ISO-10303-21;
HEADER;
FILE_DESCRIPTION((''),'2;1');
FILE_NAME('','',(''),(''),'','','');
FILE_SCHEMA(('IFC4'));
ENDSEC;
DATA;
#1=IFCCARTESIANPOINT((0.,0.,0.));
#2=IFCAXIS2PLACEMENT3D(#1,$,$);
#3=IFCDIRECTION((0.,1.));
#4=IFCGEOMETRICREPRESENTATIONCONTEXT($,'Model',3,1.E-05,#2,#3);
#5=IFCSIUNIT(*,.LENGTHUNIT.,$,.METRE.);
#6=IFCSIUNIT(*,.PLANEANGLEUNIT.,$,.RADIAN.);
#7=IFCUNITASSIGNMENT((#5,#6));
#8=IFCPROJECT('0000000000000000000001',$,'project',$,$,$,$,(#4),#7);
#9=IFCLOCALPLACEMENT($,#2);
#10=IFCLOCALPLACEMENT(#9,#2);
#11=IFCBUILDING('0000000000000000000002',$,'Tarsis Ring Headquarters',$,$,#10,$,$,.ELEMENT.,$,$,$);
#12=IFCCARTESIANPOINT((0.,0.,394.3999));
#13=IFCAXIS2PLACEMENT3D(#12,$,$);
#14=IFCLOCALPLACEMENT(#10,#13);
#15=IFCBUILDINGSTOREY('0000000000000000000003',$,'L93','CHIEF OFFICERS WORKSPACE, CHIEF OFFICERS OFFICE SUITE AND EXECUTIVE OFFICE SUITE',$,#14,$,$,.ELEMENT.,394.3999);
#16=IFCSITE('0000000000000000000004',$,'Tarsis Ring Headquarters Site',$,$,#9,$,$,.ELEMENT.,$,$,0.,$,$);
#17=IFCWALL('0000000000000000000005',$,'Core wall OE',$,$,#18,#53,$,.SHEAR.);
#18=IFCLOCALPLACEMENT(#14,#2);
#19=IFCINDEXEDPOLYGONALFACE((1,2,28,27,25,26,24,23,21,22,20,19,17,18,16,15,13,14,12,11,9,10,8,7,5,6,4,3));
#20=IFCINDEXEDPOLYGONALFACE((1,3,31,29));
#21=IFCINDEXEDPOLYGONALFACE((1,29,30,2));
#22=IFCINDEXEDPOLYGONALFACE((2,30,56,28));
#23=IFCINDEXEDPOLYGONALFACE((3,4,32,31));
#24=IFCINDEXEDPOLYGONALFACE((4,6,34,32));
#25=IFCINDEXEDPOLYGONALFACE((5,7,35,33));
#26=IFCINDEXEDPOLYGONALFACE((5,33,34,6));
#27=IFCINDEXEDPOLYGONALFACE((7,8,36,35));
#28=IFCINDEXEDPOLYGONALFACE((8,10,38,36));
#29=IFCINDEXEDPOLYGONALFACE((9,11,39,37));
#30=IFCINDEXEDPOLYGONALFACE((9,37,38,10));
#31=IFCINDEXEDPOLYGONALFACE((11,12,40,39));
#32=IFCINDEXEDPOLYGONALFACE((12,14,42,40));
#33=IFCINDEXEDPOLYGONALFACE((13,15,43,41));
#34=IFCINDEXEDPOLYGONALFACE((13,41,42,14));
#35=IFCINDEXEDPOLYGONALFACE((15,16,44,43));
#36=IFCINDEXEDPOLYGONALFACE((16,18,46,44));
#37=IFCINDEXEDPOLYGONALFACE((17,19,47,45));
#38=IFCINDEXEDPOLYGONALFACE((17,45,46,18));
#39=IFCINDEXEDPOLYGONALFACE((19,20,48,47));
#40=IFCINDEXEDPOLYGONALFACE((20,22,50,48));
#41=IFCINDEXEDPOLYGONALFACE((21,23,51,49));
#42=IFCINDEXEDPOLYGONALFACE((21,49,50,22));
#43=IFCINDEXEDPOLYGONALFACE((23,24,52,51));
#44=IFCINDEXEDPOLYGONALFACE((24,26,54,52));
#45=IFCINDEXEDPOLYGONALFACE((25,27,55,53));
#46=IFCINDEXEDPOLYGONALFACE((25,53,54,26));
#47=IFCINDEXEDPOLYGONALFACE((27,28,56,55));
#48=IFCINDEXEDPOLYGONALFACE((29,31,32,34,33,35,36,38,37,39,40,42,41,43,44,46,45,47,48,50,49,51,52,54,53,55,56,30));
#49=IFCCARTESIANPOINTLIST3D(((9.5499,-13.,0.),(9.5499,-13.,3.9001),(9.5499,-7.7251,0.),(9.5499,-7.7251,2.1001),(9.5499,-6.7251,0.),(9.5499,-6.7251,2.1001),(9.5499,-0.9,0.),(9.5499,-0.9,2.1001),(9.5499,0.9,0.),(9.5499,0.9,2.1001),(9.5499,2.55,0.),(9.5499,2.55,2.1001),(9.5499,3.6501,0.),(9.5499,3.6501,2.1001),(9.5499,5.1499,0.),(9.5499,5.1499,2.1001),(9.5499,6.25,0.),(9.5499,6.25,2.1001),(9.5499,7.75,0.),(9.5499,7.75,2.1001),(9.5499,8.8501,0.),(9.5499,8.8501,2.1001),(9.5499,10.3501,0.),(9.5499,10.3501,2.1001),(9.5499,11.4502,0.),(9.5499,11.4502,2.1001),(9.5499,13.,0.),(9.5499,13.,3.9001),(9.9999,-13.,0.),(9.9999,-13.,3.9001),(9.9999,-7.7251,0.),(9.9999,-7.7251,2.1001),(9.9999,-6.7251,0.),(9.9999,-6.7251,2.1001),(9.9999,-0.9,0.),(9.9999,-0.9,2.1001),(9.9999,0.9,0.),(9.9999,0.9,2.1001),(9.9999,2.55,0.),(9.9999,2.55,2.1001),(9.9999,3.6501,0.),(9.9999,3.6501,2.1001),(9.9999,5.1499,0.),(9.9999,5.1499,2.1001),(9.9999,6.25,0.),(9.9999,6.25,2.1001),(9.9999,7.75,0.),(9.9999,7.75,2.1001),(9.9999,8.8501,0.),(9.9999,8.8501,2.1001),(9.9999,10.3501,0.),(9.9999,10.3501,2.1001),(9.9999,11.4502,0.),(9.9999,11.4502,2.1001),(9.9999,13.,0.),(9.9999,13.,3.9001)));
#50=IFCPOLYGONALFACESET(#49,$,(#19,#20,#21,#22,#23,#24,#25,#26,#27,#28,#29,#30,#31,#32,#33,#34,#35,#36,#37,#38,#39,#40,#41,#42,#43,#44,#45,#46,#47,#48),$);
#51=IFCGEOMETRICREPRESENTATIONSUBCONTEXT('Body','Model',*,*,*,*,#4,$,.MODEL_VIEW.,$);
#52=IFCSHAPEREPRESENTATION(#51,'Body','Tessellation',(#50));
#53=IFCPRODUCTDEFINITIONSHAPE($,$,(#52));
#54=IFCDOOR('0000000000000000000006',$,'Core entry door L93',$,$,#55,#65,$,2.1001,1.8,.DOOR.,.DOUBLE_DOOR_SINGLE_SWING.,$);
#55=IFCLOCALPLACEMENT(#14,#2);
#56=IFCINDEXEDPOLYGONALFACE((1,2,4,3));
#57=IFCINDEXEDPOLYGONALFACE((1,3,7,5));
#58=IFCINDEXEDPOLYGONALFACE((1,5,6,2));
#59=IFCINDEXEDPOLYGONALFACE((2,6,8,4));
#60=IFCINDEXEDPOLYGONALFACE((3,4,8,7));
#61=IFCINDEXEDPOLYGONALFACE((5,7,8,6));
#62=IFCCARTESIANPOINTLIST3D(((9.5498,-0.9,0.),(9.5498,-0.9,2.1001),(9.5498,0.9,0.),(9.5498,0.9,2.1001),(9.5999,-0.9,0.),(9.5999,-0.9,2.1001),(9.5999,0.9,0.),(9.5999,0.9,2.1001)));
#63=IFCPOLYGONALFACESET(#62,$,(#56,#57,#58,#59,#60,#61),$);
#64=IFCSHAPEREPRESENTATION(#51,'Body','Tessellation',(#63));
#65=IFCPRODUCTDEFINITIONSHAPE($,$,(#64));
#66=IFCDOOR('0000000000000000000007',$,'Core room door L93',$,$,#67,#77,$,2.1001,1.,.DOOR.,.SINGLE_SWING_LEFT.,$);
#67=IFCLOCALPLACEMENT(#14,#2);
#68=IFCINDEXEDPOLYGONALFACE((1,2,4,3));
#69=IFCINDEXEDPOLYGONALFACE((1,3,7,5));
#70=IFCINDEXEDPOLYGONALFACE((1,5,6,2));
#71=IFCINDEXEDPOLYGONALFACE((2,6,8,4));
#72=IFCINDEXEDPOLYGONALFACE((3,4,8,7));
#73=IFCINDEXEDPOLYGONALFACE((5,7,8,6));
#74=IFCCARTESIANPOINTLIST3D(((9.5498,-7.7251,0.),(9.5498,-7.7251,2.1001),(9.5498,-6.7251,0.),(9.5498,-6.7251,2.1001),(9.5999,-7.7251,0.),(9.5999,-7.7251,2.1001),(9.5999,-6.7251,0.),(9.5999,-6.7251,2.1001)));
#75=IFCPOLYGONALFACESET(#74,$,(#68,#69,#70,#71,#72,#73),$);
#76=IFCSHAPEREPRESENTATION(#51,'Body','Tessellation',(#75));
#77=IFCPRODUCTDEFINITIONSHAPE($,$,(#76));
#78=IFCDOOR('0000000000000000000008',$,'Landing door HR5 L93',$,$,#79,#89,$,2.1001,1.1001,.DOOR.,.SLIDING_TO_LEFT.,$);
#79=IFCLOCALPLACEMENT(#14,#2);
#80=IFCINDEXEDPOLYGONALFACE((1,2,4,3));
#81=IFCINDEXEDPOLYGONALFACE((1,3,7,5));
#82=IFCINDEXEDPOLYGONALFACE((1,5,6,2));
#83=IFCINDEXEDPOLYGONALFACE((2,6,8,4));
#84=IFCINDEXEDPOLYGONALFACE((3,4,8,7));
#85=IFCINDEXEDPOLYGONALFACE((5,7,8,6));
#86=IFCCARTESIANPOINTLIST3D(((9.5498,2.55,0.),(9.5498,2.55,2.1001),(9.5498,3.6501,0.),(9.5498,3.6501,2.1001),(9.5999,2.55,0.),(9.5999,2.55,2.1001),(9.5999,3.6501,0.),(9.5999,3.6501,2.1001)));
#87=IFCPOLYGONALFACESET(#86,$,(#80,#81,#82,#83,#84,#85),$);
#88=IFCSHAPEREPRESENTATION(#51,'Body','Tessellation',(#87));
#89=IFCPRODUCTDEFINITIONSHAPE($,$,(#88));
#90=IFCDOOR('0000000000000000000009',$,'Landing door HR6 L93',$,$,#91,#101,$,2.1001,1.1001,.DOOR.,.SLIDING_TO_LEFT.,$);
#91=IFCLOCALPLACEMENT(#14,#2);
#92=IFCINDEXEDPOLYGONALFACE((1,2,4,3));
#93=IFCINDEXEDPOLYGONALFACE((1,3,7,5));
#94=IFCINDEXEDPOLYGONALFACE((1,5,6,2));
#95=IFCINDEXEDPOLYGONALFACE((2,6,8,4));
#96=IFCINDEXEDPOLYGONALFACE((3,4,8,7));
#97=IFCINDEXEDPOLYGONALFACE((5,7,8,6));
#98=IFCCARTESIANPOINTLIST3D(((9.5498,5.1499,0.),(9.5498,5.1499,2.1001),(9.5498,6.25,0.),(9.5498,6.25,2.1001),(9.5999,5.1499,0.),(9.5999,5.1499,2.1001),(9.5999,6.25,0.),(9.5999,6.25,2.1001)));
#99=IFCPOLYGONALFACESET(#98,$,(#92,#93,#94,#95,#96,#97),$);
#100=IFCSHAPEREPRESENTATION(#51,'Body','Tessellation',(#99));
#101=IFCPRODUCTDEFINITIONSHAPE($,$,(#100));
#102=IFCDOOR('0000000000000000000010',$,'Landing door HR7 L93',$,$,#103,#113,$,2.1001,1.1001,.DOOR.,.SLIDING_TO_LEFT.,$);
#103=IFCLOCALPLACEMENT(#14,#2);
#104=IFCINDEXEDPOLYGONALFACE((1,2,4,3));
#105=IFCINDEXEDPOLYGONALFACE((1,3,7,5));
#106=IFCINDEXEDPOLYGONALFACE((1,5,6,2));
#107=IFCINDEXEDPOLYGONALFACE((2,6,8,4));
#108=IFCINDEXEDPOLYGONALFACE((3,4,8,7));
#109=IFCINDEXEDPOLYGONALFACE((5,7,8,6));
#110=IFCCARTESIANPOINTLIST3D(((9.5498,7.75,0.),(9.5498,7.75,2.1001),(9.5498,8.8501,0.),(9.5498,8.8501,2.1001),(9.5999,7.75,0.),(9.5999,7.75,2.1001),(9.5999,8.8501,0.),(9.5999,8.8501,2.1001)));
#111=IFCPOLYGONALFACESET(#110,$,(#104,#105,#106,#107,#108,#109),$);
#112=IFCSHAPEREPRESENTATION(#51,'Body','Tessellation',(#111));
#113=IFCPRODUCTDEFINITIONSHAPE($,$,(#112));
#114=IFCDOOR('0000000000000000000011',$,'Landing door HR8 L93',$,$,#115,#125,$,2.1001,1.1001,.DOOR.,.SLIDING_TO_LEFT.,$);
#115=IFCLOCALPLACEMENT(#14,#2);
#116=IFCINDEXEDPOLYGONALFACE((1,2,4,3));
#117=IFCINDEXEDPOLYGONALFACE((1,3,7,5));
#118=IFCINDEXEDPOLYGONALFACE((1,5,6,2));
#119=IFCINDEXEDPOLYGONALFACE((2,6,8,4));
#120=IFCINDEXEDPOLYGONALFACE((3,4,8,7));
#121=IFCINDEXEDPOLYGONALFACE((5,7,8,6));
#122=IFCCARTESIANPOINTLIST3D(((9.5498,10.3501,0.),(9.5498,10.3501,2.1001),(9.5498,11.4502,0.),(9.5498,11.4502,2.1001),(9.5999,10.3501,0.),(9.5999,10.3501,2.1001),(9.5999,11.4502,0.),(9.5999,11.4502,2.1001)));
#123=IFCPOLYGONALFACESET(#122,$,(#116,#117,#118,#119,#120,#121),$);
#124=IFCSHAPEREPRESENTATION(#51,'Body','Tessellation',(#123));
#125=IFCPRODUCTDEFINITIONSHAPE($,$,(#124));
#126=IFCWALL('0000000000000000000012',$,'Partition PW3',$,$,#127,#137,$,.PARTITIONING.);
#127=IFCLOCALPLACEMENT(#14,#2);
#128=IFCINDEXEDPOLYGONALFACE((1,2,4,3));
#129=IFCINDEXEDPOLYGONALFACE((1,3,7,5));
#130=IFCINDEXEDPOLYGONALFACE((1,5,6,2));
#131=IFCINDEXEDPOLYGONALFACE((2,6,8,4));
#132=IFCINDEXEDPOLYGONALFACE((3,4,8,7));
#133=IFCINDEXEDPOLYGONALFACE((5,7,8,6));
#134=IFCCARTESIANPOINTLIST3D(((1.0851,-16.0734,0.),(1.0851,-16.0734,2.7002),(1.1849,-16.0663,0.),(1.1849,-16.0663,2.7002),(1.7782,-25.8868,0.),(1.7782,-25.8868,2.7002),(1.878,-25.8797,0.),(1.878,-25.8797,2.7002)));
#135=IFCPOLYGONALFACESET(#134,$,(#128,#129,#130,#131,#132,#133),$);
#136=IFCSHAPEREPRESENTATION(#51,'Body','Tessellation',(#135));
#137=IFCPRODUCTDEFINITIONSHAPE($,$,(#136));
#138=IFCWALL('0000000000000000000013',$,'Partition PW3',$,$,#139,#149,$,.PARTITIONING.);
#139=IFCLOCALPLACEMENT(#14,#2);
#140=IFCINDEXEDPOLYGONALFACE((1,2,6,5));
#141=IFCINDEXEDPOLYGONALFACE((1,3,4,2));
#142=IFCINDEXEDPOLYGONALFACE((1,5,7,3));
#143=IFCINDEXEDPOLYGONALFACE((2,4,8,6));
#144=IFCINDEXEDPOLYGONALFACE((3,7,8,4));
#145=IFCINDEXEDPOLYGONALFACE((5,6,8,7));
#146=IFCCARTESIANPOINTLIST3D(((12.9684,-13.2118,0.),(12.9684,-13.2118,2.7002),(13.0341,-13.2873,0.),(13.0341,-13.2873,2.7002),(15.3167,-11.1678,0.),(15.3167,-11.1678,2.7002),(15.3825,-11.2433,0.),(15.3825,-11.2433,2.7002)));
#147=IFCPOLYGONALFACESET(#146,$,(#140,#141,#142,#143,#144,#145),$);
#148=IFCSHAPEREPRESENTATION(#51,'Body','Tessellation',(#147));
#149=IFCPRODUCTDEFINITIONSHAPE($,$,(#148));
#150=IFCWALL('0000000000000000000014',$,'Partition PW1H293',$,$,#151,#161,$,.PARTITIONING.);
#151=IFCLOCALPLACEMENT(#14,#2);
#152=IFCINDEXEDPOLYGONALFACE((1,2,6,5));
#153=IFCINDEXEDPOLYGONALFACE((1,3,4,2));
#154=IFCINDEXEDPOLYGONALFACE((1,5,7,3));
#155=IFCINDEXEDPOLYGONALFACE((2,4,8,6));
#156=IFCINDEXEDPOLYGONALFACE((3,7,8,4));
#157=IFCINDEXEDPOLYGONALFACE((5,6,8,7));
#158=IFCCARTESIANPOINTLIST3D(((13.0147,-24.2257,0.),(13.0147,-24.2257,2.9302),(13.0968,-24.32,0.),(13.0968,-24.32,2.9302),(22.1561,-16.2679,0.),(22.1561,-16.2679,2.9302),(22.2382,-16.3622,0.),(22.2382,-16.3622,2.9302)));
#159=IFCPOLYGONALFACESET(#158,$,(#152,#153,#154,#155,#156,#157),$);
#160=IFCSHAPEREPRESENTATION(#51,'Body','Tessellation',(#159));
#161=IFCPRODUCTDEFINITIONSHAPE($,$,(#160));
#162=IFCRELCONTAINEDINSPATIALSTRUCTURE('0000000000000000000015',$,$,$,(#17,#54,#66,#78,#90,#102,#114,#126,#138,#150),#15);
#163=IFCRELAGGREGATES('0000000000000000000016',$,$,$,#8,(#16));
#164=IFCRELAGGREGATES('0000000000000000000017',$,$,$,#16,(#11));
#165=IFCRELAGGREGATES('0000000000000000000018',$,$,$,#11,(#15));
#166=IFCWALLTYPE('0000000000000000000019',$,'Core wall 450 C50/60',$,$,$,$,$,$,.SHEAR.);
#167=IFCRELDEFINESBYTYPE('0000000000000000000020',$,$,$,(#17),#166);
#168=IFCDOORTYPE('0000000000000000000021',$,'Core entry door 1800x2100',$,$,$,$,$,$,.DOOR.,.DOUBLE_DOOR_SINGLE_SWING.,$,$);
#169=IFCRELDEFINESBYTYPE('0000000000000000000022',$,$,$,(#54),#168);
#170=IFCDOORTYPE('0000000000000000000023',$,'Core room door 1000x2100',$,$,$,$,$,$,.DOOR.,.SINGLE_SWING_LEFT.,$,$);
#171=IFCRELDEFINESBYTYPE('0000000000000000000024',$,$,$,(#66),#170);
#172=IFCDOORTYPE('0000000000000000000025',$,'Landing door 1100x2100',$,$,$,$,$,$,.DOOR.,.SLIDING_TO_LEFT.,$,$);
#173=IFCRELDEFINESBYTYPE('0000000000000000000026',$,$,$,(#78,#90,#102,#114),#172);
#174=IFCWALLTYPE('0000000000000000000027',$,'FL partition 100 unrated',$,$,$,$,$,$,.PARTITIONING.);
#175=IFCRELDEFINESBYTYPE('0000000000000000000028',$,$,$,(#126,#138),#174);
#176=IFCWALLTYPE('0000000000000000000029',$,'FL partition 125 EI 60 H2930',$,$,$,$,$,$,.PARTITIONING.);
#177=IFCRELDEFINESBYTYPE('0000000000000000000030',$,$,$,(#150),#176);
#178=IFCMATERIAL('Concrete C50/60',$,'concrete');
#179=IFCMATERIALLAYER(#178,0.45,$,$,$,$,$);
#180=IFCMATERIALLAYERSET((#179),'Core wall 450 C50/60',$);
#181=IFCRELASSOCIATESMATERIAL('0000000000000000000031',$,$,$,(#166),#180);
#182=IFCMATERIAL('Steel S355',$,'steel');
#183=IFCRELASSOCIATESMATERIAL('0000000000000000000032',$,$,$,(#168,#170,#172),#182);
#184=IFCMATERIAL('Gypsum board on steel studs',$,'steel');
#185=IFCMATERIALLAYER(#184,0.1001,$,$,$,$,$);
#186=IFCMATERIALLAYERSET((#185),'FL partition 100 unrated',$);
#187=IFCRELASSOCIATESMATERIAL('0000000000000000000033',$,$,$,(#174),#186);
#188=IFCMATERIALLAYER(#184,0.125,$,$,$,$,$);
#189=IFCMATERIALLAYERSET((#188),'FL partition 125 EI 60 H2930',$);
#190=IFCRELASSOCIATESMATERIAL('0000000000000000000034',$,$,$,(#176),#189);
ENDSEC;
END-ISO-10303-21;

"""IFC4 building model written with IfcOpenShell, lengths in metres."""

from ifc_helpers import new_model, si_unit, direction, frame, frame_2d, origin, place, context, subcontext, project, spatial, rectangle, extrude, material, layer, layer_set, type_object, element, fill, save


model = new_model("IFC4")

# Units and contexts
model_context = context("Model", 3, precision=1e-05, world=origin(), true_north=direction((0.0, 1.0)))
body_context = subcontext(model_context, "Body", "Model", "MODEL_VIEW")
ifc_project = project(units=[si_unit("LENGTHUNIT", "METRE"), si_unit("PLANEANGLEUNIT", "RADIAN")], contexts=[model_context])

# Site, building, storey
site_placement = place(None, origin())
site = spatial("IfcSite", under=ifc_project, at=site_placement, Name="Tarsis Ring Headquarters Site", CompositionType="ELEMENT", RefElevation=0.0)
building_placement = place(site_placement, origin())
building = spatial("IfcBuilding", under=site, at=building_placement, Name="Tarsis Ring Headquarters", CompositionType="ELEMENT")
storey_placement = place(building_placement, frame((0.0, 0.0, 394.3999)))
storey = spatial("IfcBuildingStorey", under=building, at=storey_placement, Name="L93", Description="CHIEF OFFICERS WORKSPACE, CHIEF OFFICERS OFFICE SUITE AND EXECUTIVE OFFICE SUITE", CompositionType="ELEMENT", Elevation=394.3999)

# Wall, openings, doors
ifc_material_1 = material(Name="Concrete C50/60", Category="concrete")
ifc_layer_1 = layer(ifc_material_1, 0.45)
ifc_layer_set_1 = layer_set([ifc_layer_1], Name="Core wall 450 C50/60")
wall_type_1 = type_object("IfcWallType", Name="Core wall 450 C50/60", PredefinedType="SHEAR", material=ifc_layer_set_1)
wall_1_placement = place(storey_placement, frame((9.7749, -13.0, 0.0), z_axis=(0.0, 0.0, 1.0), x_axis=(0.0, 1.0, 0.0)))
wall_1 = element("IfcWall", 1, at=wall_1_placement, inside=storey, type_object=wall_type_1, Name="Core wall OE", PredefinedType="SHEAR", context=body_context, shape_type="SweptSolid", body=[
    extrude(rectangle(XDim=26.0, YDim=0.45, at=frame_2d((13.0, 0.0))), origin(), (0.0, 0.0, 1.0), 3.9001),
])
opening_1_placement = place(wall_1_placement, frame((5.2749, 0.0, 0.0)))
opening_1 = element("IfcOpeningElement", 2, at=opening_1_placement, cuts=wall_1, PredefinedType="OPENING", context=body_context, shape_type="SweptSolid", body=[
    extrude(rectangle(XDim=1.0, YDim=2.1001, at=frame_2d((0.5, 1.05))), frame((0.0, 0.2349, 0.0), z_axis=(0.0, -1.0, 0.0), x_axis=(1.0, 0.0, 0.0)), (0.0, 0.0, 1.0), 0.47),
])
opening_2_placement = place(wall_1_placement, frame((12.1001, 0.0, 0.0)))
opening_2 = element("IfcOpeningElement", 3, at=opening_2_placement, cuts=wall_1, PredefinedType="OPENING", context=body_context, shape_type="SweptSolid", body=[
    extrude(rectangle(XDim=1.8, YDim=2.1001, at=frame_2d((0.8999, 1.05))), frame((0.0, 0.2349, 0.0), z_axis=(0.0, -1.0, 0.0), x_axis=(1.0, 0.0, 0.0)), (0.0, 0.0, 1.0), 0.47),
])
opening_3_placement = place(wall_1_placement, frame((15.55, 0.0, 0.0)))
opening_3 = element("IfcOpeningElement", 4, at=opening_3_placement, cuts=wall_1, PredefinedType="OPENING", context=body_context, shape_type="SweptSolid", body=[
    extrude(rectangle(XDim=1.1001, YDim=2.1001, at=frame_2d((0.55, 1.05))), frame((0.0, 0.2349, 0.0), z_axis=(0.0, -1.0, 0.0), x_axis=(1.0, 0.0, 0.0)), (0.0, 0.0, 1.0), 0.47),
])
opening_4_placement = place(wall_1_placement, frame((18.1499, 0.0, 0.0)))
opening_4 = element("IfcOpeningElement", 5, at=opening_4_placement, cuts=wall_1, PredefinedType="OPENING", context=body_context, shape_type="SweptSolid", body=[
    extrude(rectangle(XDim=1.1001, YDim=2.1001, at=frame_2d((0.55, 1.05))), frame((0.0, 0.2349, 0.0), z_axis=(0.0, -1.0, 0.0), x_axis=(1.0, 0.0, 0.0)), (0.0, 0.0, 1.0), 0.47),
])
opening_5_placement = place(wall_1_placement, frame((20.75, 0.0, 0.0)))
opening_5 = element("IfcOpeningElement", 6, at=opening_5_placement, cuts=wall_1, PredefinedType="OPENING", context=body_context, shape_type="SweptSolid", body=[
    extrude(rectangle(XDim=1.1001, YDim=2.1001, at=frame_2d((0.55, 1.05))), frame((0.0, 0.2349, 0.0), z_axis=(0.0, -1.0, 0.0), x_axis=(1.0, 0.0, 0.0)), (0.0, 0.0, 1.0), 0.47),
])
opening_6_placement = place(wall_1_placement, frame((23.3501, 0.0, 0.0)))
opening_6 = element("IfcOpeningElement", 7, at=opening_6_placement, cuts=wall_1, PredefinedType="OPENING", context=body_context, shape_type="SweptSolid", body=[
    extrude(rectangle(XDim=1.1001, YDim=2.1001, at=frame_2d((0.55, 1.05))), frame((0.0, 0.2349, 0.0), z_axis=(0.0, -1.0, 0.0), x_axis=(1.0, 0.0, 0.0)), (0.0, 0.0, 1.0), 0.47),
])
ifc_material_2 = material(Name="Steel S355", Category="steel")
door_type_1 = type_object("IfcDoorType", Name="Core entry door 1800x2100", OperationType="DOUBLE_DOOR_SINGLE_SWING", PredefinedType="DOOR", material=ifc_material_2)
door_1_placement = place(opening_2_placement, origin())
door_1 = element("IfcDoor", 8, at=door_1_placement, inside=storey, type_object=door_type_1, Name="Core entry door L93", OperationType="DOUBLE_DOOR_SINGLE_SWING", OverallHeight=2.1001, OverallWidth=1.8, PredefinedType="DOOR", context=body_context, shape_type="SweptSolid", body=[
    extrude(rectangle(XDim=1.8, YDim=2.1001, at=frame_2d((0.8999, 1.05))), frame((0.0, 0.2251, 0.0), z_axis=(0.0, -1.0, 0.0), x_axis=(1.0, 0.0, 0.0)), (0.0, 0.0, 1.0), 0.05),
])
fill(opening_2, door_1)
door_type_2 = type_object("IfcDoorType", Name="Core room door 1000x2100", OperationType="SINGLE_SWING_LEFT", PredefinedType="DOOR", material=ifc_material_2)
door_2_placement = place(opening_1_placement, origin())
door_2 = element("IfcDoor", 9, at=door_2_placement, inside=storey, type_object=door_type_2, Name="Core room door L93", OperationType="SINGLE_SWING_LEFT", OverallHeight=2.1001, OverallWidth=1.0, PredefinedType="DOOR", context=body_context, shape_type="SweptSolid", body=[
    extrude(rectangle(XDim=1.0, YDim=2.1001, at=frame_2d((0.5, 1.05))), frame((0.0, 0.2251, 0.0), z_axis=(0.0, -1.0, 0.0), x_axis=(1.0, 0.0, 0.0)), (0.0, 0.0, 1.0), 0.05),
])
fill(opening_1, door_2)
door_type_3 = type_object("IfcDoorType", Name="Landing door 1100x2100", OperationType="SLIDING_TO_LEFT", PredefinedType="DOOR", material=ifc_material_2)
door_3_placement = place(opening_3_placement, origin())
door_3 = element("IfcDoor", 10, at=door_3_placement, inside=storey, type_object=door_type_3, Name="Landing door HR5 L93", OperationType="SLIDING_TO_LEFT", OverallHeight=2.1001, OverallWidth=1.1001, PredefinedType="DOOR", context=body_context, shape_type="SweptSolid", body=[
    extrude(rectangle(XDim=1.1001, YDim=2.1001, at=frame_2d((0.55, 1.05))), frame((0.0, 0.2251, 0.0), z_axis=(0.0, -1.0, 0.0), x_axis=(1.0, 0.0, 0.0)), (0.0, 0.0, 1.0), 0.05),
])
fill(opening_3, door_3)
door_4_placement = place(opening_4_placement, origin())
door_4 = element("IfcDoor", 11, at=door_4_placement, inside=storey, type_object=door_type_3, Name="Landing door HR6 L93", OperationType="SLIDING_TO_LEFT", OverallHeight=2.1001, OverallWidth=1.1001, PredefinedType="DOOR", context=body_context, shape_type="SweptSolid", body=[
    extrude(rectangle(XDim=1.1001, YDim=2.1001, at=frame_2d((0.55, 1.05))), frame((0.0, 0.2251, 0.0), z_axis=(0.0, -1.0, 0.0), x_axis=(1.0, 0.0, 0.0)), (0.0, 0.0, 1.0), 0.05),
])
fill(opening_4, door_4)
door_5_placement = place(opening_5_placement, origin())
door_5 = element("IfcDoor", 12, at=door_5_placement, inside=storey, type_object=door_type_3, Name="Landing door HR7 L93", OperationType="SLIDING_TO_LEFT", OverallHeight=2.1001, OverallWidth=1.1001, PredefinedType="DOOR", context=body_context, shape_type="SweptSolid", body=[
    extrude(rectangle(XDim=1.1001, YDim=2.1001, at=frame_2d((0.55, 1.05))), frame((0.0, 0.2251, 0.0), z_axis=(0.0, -1.0, 0.0), x_axis=(1.0, 0.0, 0.0)), (0.0, 0.0, 1.0), 0.05),
])
fill(opening_5, door_5)
door_6_placement = place(opening_6_placement, origin())
door_6 = element("IfcDoor", 13, at=door_6_placement, inside=storey, type_object=door_type_3, Name="Landing door HR8 L93", OperationType="SLIDING_TO_LEFT", OverallHeight=2.1001, OverallWidth=1.1001, PredefinedType="DOOR", context=body_context, shape_type="SweptSolid", body=[
    extrude(rectangle(XDim=1.1001, YDim=2.1001, at=frame_2d((0.55, 1.05))), frame((0.0, 0.2251, 0.0), z_axis=(0.0, -1.0, 0.0), x_axis=(1.0, 0.0, 0.0)), (0.0, 0.0, 1.0), 0.05),
])
fill(opening_6, door_6)

# Walls
ifc_material_3 = material(Name="Gypsum board on steel studs", Category="steel")
ifc_layer_2 = layer(ifc_material_3, 0.1001)
ifc_layer_set_2 = layer_set([ifc_layer_2], Name="FL partition 100 unrated")
wall_type_2 = type_object("IfcWallType", Name="FL partition 100 unrated", PredefinedType="PARTITIONING", material=ifc_layer_set_2)
wall_2_placement = place(storey_placement, frame((1.135, -16.0698, 0.0), z_axis=(0.0, 0.0, 1.0), x_axis=(0.070453, -0.997515, 0.0)))
element("IfcWall", 14, at=wall_2_placement, inside=storey, type_object=wall_type_2, Name="Partition PW3", PredefinedType="PARTITIONING", context=body_context, shape_type="SweptSolid", body=[
    extrude(rectangle(XDim=9.8379, YDim=0.1001, at=frame_2d((4.9189, 0.0))), origin(), (0.0, 0.0, 1.0), 2.7002),
])
wall_3_placement = place(storey_placement, frame((13.0012, -13.2495, 0.0), z_axis=(0.0, 0.0, 1.0), x_axis=(0.754308, 0.65652, 0.0)))
element("IfcWall", 15, at=wall_3_placement, inside=storey, type_object=wall_type_2, Name="Partition PW3", PredefinedType="PARTITIONING", context=body_context, shape_type="SweptSolid", body=[
    extrude(rectangle(XDim=3.1133, YDim=0.1001, at=frame_2d((1.5566, 0.0))), origin(), (0.0, 0.0, 1.0), 2.7002),
])
ifc_layer_3 = layer(ifc_material_3, 0.125)
ifc_layer_set_3 = layer_set([ifc_layer_3], Name="FL partition 125 EI 60 H2930")
wall_type_3 = type_object("IfcWallType", Name="FL partition 125 EI 60 H2930", PredefinedType="PARTITIONING", material=ifc_layer_set_3)
wall_4_placement = place(storey_placement, frame((13.0557, -24.2729, 0.0), z_axis=(0.0, 0.0, 1.0), x_axis=(0.754248, 0.65659, 0.0)))
element("IfcWall", 16, at=wall_4_placement, inside=storey, type_object=wall_type_3, Name="Partition PW1H293", PredefinedType="PARTITIONING", context=body_context, shape_type="SweptSolid", body=[
    extrude(rectangle(XDim=12.1199, YDim=0.125, at=frame_2d((6.0601, 0.0))), origin(), (0.0, 0.0, 1.0), 2.9302),
])

save(model, "model.ifc")
